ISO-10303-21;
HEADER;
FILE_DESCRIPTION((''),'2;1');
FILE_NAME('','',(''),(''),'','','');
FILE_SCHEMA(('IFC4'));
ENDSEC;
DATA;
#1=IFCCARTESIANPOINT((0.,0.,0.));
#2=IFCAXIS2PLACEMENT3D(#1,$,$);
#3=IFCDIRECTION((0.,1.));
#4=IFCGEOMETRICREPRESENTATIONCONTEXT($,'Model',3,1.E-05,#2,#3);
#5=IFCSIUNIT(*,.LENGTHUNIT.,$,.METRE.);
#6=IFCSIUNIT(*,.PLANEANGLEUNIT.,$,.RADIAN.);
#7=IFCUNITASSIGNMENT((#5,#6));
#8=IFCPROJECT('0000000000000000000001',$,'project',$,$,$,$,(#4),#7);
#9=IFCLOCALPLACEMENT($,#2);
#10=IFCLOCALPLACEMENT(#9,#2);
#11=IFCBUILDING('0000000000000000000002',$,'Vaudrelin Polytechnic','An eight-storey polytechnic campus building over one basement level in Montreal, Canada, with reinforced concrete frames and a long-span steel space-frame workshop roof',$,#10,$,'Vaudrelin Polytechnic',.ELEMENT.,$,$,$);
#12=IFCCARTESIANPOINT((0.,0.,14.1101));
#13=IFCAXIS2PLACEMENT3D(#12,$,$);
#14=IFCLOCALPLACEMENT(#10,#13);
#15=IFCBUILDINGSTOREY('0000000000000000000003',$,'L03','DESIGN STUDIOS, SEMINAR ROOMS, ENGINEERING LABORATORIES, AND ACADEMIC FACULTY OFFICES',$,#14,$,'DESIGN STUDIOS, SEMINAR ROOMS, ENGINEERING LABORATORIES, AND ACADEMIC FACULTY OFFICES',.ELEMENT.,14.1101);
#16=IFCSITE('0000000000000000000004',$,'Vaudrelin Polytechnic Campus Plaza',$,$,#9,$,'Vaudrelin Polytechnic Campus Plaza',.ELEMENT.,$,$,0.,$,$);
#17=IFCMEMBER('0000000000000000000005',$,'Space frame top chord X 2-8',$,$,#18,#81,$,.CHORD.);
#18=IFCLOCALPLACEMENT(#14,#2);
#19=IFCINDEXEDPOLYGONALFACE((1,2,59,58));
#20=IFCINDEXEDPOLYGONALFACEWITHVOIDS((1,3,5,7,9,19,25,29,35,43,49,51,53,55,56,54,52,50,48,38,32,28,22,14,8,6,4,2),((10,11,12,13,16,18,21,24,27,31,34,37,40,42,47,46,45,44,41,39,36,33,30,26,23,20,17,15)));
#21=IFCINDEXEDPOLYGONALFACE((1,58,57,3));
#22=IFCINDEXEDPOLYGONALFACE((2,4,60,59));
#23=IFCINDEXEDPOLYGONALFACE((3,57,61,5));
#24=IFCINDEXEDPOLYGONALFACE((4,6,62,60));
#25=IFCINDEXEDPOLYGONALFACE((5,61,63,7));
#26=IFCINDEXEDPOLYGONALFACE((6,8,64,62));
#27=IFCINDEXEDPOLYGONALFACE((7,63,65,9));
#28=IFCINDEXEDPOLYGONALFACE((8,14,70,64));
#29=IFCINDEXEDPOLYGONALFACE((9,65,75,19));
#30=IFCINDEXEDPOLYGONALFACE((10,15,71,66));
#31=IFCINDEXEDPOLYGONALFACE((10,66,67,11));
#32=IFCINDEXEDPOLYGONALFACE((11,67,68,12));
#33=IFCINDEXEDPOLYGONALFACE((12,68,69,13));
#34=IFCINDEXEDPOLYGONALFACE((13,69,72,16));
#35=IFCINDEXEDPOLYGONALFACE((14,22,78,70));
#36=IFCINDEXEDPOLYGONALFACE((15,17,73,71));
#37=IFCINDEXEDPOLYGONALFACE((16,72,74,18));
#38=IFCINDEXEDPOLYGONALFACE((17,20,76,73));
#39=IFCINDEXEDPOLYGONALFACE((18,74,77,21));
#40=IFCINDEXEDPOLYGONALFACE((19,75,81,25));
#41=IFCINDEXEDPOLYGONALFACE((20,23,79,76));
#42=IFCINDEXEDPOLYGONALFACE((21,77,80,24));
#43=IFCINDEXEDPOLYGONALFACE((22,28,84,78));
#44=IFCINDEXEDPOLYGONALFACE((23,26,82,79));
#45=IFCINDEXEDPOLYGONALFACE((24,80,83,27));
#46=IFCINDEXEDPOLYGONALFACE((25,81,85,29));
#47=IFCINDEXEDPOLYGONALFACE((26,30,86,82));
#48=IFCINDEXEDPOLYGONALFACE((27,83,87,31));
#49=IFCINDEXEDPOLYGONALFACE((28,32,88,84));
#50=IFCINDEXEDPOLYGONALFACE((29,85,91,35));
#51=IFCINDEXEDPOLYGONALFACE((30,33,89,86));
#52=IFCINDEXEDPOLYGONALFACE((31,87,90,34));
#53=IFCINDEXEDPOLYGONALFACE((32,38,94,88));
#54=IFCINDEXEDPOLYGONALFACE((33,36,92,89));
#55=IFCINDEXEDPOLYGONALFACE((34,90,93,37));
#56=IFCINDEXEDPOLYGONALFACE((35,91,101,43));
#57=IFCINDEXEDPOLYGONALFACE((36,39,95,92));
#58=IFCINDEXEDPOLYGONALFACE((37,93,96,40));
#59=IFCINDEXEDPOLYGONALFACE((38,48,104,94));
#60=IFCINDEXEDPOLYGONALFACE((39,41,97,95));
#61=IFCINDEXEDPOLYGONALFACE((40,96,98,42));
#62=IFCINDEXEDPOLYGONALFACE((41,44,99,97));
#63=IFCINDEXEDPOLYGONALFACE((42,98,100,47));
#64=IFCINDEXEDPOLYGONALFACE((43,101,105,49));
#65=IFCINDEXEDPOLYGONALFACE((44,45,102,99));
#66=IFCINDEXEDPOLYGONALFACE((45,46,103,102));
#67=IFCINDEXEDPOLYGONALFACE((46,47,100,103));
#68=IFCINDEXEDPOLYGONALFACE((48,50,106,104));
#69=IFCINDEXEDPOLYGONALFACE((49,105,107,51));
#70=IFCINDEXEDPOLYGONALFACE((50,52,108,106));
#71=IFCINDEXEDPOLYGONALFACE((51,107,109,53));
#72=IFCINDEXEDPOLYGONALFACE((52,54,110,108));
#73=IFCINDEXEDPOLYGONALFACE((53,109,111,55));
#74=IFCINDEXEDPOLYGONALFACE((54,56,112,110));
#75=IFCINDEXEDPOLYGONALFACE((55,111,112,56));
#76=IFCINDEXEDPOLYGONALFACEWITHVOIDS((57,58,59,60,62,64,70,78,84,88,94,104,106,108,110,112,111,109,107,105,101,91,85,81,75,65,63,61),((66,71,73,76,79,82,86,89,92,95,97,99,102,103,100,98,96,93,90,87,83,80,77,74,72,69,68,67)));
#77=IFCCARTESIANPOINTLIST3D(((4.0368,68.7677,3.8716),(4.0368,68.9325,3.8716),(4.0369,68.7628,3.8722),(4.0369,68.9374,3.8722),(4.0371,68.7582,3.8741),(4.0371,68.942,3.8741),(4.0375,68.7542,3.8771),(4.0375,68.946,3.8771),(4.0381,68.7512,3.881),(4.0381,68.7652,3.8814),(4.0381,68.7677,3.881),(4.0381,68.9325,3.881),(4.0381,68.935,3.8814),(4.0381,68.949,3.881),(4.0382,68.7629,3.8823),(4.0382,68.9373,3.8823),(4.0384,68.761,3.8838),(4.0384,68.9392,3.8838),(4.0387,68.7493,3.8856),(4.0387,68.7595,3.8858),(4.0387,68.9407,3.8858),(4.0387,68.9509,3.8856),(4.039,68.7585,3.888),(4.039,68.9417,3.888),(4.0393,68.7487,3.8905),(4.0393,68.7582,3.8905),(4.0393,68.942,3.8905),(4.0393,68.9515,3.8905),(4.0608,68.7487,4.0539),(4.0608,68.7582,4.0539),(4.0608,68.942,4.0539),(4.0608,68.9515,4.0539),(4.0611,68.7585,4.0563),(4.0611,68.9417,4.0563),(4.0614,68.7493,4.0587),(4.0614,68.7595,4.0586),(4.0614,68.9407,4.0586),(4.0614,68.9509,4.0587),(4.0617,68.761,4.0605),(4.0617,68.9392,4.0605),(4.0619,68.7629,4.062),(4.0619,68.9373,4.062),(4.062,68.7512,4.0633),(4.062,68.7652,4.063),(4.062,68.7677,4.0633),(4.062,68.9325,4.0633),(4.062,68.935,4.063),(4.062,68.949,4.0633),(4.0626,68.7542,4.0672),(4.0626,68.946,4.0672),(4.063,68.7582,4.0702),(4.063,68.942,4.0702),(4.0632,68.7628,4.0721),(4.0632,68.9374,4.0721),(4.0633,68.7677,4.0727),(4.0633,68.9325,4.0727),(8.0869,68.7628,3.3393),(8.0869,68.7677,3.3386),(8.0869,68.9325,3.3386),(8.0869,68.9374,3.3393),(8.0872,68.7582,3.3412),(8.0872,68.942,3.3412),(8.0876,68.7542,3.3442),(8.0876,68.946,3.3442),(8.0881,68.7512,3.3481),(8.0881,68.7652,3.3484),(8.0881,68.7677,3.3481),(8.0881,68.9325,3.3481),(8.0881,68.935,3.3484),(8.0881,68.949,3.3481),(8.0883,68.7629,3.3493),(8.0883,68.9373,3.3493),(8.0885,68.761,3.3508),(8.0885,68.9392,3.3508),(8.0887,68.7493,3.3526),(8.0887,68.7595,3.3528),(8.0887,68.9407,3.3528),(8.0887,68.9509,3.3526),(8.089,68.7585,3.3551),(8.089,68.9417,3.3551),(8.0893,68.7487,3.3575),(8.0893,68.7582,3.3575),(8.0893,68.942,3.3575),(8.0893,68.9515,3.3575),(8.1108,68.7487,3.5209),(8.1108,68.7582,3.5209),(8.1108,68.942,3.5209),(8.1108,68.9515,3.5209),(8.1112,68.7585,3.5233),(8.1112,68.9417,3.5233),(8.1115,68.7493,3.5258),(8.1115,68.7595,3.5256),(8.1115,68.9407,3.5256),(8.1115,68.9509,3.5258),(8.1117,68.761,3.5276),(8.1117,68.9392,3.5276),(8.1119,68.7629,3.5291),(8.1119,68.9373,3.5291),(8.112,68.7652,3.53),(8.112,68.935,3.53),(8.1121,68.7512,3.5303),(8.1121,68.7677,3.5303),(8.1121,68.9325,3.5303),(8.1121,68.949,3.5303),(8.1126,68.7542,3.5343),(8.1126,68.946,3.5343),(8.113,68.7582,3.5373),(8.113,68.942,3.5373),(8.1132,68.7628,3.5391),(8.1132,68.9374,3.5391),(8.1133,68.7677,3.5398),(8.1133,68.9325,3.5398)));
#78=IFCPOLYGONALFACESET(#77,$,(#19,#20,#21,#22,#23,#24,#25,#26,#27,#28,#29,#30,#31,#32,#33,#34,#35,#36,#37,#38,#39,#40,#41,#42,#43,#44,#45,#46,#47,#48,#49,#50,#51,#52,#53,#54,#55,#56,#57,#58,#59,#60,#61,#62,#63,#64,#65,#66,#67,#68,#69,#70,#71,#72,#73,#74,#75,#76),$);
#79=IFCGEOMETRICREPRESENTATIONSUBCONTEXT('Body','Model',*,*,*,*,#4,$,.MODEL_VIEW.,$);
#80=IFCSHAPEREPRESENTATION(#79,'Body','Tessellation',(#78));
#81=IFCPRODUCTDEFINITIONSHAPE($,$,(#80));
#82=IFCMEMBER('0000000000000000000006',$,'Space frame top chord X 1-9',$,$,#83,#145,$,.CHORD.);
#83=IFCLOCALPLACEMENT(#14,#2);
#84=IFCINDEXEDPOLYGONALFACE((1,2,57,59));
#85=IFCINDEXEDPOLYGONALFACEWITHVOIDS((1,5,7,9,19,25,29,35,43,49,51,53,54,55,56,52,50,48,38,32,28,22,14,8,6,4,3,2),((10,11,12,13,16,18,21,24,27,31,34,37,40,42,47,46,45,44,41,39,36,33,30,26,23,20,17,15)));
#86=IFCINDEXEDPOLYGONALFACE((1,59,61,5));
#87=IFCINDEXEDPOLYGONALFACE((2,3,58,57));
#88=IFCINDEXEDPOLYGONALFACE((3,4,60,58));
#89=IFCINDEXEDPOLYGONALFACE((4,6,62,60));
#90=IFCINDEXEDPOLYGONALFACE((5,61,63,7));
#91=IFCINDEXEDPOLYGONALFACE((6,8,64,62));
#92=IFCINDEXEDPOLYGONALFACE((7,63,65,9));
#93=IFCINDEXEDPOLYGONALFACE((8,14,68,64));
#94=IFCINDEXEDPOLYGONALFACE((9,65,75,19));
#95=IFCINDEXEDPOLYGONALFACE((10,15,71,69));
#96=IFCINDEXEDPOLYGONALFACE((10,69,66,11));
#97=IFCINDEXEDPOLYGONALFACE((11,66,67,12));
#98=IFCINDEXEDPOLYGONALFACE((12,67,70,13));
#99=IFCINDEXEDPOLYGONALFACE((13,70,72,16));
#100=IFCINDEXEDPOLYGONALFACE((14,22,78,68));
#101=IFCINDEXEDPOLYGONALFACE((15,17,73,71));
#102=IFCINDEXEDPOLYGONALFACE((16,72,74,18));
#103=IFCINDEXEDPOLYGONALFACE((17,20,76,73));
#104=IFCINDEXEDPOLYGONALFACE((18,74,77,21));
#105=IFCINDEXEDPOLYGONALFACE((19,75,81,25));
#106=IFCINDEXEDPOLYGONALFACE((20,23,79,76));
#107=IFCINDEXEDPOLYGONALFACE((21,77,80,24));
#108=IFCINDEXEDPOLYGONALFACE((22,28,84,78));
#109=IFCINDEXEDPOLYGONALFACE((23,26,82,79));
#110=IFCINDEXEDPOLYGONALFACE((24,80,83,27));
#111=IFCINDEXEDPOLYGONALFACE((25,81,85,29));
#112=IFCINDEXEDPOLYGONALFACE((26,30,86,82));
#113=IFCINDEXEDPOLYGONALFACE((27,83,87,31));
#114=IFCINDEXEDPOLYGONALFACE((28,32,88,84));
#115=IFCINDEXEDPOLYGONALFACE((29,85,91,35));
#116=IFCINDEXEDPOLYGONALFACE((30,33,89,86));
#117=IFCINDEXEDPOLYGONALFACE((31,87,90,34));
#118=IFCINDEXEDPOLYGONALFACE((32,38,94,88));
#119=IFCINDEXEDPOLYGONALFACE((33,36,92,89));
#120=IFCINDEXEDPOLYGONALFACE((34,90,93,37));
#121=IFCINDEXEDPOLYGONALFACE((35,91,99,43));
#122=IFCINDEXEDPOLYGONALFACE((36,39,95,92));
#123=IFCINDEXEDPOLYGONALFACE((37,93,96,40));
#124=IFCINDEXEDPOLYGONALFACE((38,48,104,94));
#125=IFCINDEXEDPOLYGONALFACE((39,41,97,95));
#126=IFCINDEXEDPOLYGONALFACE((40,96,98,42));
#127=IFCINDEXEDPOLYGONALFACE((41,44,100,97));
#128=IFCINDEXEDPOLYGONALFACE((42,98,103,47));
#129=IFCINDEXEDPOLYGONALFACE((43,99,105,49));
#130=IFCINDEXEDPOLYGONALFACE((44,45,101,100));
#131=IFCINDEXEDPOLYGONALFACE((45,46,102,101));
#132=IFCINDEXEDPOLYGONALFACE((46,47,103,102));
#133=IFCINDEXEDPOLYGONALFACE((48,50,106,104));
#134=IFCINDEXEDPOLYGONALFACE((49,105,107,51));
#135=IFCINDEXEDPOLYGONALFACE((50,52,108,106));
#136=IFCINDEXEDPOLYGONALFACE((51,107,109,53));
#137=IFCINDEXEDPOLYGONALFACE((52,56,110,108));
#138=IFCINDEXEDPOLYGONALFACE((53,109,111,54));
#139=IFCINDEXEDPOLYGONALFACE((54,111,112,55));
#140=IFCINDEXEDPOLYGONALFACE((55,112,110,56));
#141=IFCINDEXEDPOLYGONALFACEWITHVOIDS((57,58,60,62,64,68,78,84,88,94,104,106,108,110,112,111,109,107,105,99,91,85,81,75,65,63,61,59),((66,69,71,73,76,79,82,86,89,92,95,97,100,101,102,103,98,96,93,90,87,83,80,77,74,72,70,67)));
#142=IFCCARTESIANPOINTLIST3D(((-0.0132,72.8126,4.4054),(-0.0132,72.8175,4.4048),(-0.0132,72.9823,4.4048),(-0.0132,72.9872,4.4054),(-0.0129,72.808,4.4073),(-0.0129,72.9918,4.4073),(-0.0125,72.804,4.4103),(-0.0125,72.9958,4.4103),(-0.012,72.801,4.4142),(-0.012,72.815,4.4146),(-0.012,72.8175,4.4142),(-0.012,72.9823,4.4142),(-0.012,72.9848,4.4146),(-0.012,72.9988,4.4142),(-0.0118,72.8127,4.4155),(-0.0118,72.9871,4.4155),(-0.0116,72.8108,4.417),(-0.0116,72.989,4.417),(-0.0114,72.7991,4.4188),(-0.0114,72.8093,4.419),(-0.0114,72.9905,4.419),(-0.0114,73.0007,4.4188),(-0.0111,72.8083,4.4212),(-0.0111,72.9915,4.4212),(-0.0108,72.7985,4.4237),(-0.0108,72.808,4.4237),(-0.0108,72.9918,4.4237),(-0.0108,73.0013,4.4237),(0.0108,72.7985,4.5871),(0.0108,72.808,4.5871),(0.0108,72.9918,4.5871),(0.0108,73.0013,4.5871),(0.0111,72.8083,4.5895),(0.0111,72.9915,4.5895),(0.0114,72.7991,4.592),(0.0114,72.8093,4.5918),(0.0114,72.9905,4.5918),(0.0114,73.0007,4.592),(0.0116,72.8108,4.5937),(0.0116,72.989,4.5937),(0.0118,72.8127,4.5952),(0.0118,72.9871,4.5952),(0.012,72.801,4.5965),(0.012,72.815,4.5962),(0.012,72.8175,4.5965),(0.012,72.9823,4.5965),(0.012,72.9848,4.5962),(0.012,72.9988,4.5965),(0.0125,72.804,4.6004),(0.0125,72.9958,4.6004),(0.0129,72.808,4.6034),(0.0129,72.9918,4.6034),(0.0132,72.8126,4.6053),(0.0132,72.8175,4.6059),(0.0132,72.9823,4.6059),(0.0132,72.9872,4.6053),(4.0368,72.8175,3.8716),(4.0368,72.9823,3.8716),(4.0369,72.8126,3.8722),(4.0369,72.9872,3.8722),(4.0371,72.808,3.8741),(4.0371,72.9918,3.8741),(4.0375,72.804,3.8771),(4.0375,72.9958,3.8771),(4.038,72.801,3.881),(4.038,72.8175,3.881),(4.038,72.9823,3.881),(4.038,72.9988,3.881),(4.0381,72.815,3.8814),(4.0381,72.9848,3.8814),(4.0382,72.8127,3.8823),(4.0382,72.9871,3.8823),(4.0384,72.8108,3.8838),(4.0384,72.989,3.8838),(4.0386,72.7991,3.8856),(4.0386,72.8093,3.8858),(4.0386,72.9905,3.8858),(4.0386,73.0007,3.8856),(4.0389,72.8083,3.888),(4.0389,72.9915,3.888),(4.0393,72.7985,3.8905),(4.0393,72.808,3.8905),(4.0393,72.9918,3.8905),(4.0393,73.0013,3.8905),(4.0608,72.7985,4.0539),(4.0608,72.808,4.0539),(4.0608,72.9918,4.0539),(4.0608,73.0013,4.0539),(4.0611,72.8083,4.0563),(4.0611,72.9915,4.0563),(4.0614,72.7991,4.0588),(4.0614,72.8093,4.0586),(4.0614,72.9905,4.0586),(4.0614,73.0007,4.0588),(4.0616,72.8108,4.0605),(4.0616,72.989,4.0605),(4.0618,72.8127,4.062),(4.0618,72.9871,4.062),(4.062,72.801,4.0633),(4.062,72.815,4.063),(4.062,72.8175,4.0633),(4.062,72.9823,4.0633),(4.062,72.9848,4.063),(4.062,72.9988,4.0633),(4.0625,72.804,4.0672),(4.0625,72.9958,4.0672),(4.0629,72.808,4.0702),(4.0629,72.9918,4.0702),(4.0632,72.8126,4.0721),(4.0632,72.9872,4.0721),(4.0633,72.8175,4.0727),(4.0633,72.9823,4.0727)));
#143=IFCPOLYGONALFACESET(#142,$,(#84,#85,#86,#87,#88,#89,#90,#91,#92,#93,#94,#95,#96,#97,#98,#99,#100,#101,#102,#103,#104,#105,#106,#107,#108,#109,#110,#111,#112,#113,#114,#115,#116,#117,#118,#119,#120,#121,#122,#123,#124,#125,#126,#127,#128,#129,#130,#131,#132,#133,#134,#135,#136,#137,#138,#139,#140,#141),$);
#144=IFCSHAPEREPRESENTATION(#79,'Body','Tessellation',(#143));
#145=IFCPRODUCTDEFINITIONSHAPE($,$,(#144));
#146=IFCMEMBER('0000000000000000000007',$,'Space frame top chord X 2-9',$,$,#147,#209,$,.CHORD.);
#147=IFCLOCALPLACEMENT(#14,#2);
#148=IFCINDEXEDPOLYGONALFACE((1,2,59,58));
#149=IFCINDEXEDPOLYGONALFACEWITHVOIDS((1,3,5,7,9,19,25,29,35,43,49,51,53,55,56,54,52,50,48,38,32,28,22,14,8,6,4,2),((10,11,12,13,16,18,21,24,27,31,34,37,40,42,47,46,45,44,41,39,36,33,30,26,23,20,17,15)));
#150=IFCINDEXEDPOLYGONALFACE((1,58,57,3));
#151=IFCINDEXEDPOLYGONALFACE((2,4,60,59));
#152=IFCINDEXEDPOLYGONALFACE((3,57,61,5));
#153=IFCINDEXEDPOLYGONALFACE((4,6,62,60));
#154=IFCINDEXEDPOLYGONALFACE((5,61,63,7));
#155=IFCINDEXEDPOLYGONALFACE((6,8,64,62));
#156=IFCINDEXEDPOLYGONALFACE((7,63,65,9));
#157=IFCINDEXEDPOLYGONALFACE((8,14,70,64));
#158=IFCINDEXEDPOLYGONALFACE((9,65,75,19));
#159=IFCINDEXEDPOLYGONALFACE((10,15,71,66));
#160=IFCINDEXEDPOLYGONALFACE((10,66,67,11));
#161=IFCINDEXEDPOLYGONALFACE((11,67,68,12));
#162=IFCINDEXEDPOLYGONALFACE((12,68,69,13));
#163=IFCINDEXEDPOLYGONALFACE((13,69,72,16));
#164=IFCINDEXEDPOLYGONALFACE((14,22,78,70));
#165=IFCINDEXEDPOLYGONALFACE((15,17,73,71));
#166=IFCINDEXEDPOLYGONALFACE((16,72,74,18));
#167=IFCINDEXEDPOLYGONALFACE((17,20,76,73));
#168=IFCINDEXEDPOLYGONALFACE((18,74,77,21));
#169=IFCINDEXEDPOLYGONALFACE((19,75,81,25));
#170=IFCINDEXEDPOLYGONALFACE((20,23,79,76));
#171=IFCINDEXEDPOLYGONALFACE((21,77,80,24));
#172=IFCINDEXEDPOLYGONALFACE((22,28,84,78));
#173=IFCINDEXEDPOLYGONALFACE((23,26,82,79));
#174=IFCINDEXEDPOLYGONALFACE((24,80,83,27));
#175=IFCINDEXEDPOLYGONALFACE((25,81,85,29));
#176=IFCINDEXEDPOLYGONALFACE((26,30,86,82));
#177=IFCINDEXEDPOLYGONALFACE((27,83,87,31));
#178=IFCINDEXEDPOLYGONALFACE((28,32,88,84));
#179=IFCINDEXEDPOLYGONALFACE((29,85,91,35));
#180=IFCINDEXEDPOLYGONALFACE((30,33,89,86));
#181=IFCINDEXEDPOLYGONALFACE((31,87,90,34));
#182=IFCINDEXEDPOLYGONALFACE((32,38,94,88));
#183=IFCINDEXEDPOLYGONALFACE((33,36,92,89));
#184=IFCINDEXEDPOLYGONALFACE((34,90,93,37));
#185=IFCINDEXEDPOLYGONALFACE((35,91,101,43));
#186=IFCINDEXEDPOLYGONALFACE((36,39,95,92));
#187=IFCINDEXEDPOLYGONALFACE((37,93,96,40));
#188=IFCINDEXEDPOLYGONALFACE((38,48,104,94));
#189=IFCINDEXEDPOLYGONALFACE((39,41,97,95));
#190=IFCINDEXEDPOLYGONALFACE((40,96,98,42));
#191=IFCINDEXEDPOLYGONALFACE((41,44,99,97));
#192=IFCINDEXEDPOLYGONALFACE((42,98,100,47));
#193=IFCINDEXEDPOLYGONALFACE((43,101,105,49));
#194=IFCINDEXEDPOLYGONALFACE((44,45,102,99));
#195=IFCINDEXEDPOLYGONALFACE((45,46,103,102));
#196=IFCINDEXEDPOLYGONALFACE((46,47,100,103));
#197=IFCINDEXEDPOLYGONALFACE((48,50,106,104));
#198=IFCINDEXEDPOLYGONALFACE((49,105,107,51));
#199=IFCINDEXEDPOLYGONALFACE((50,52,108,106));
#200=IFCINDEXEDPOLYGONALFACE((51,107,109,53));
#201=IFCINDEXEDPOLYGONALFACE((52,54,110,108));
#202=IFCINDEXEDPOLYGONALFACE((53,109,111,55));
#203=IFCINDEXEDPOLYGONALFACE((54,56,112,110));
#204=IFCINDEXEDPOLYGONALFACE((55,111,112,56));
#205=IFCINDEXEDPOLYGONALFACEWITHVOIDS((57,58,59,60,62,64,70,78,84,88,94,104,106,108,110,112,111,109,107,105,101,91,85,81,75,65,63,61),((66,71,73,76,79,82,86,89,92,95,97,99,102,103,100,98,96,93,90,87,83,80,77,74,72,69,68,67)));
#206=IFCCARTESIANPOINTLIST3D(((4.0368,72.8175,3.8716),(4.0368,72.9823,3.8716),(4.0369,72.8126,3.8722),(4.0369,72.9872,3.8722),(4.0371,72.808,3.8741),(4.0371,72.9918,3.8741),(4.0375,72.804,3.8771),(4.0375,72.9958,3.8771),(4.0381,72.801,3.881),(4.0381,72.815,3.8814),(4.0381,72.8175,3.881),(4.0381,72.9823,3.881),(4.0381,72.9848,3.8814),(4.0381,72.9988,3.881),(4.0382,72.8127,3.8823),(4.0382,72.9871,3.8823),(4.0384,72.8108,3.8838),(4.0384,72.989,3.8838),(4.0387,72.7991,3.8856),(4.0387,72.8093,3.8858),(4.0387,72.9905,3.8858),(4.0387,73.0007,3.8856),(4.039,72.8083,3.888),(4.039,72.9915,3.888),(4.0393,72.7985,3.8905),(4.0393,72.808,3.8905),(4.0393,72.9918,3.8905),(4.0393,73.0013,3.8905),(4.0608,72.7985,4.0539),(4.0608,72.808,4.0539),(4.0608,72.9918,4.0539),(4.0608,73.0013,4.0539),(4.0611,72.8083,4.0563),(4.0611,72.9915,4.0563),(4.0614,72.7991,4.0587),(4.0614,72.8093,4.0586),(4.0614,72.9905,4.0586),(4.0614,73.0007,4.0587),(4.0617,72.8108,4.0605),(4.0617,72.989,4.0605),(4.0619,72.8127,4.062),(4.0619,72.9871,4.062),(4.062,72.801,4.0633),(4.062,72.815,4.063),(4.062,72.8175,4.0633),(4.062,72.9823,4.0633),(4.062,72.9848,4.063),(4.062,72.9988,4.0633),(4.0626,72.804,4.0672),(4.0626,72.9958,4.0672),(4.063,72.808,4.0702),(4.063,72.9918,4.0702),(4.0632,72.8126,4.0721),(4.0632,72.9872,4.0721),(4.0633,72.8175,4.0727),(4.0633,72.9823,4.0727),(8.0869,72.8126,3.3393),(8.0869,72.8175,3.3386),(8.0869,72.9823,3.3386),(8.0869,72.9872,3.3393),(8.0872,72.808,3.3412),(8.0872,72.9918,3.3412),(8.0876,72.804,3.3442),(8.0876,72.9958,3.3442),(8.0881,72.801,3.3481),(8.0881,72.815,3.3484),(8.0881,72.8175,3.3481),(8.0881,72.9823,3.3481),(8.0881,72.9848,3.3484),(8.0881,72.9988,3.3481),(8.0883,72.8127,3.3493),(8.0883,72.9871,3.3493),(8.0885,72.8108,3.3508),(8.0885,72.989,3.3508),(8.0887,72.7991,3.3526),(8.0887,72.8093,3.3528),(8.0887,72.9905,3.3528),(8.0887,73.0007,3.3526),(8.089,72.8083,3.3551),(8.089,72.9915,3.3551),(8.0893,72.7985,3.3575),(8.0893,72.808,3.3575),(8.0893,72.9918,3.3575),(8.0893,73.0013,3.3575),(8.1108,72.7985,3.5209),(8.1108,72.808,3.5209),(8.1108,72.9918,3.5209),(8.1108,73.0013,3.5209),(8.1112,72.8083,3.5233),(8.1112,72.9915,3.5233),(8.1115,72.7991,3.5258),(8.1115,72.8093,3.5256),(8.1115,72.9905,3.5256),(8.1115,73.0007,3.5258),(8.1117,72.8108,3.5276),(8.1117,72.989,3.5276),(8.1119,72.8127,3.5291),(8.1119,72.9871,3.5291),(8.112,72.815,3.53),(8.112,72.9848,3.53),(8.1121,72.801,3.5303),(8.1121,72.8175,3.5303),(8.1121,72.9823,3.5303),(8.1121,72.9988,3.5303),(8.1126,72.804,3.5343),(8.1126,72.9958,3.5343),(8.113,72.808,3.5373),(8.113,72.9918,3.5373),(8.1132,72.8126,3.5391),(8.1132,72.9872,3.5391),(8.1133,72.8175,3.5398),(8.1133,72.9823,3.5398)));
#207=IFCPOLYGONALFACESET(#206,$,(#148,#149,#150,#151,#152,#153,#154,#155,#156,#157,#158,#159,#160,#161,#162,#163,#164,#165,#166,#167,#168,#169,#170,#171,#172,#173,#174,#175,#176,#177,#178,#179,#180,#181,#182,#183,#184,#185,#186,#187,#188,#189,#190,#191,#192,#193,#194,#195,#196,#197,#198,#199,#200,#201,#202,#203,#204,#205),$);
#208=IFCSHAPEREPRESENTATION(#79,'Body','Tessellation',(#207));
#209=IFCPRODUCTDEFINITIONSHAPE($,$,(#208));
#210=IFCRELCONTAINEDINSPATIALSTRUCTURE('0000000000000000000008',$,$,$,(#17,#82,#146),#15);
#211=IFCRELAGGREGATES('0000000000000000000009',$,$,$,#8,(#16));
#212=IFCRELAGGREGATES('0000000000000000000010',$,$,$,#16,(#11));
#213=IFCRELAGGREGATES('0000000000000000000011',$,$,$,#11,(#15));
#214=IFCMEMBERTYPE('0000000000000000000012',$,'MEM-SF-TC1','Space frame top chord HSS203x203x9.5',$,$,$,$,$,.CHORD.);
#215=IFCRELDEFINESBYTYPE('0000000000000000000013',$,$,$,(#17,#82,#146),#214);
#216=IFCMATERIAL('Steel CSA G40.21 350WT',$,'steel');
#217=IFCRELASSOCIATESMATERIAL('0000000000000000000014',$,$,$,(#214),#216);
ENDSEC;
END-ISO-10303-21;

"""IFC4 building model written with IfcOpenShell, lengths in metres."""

from ifc_helpers import new_model, si_unit, direction, frame, origin, origin_2d, place, context, subcontext, project, spatial, hollow_rectangle, extrude, material, material_profile, profile_set, type_object, element, save


model = new_model("IFC4")

# Units and contexts
model_context = context("Model", 3, precision=1e-05, world=origin(), true_north=direction((0.0, 1.0)))
body_context = subcontext(model_context, "Body", "Model", "MODEL_VIEW")
ifc_project = project(units=[si_unit("LENGTHUNIT", "METRE"), si_unit("PLANEANGLEUNIT", "RADIAN")], contexts=[model_context])

# Site, building, storey
site_placement = place(None, origin())
site = spatial("IfcSite", under=ifc_project, at=site_placement, Name="Vaudrelin Polytechnic Campus Plaza", LongName="Vaudrelin Polytechnic Campus Plaza", CompositionType="ELEMENT", RefElevation=0.0)
building_placement = place(site_placement, origin())
building = spatial("IfcBuilding", under=site, at=building_placement, Name="Vaudrelin Polytechnic", Description="An eight-storey polytechnic campus building over one basement level in Montreal, Canada, with reinforced concrete frames and a long-span steel space-frame workshop roof", LongName="Vaudrelin Polytechnic", CompositionType="ELEMENT")
storey_placement = place(building_placement, frame((0.0, 0.0, 14.1101)))
storey = spatial("IfcBuildingStorey", under=building, at=storey_placement, Name="L03", Description="DESIGN STUDIOS, SEMINAR ROOMS, ENGINEERING LABORATORIES, AND ACADEMIC FACULTY OFFICES", LongName="DESIGN STUDIOS, SEMINAR ROOMS, ENGINEERING LABORATORIES, AND ACADEMIC FACULTY OFFICES", CompositionType="ELEMENT", Elevation=14.1101)

# Members
ifc_material_1 = material(Name="Steel CSA G40.21 350WT", Category="steel")
ifc_material_profile_1 = material_profile(ifc_material_1, hollow_rectangle(XDim=0.2029, YDim=0.2029, WallThickness=0.0095, InnerFilletRadius=0.0095, OuterFilletRadius=0.019, at=origin_2d()), Name="HSS203x203x9.5")
ifc_profile_set_1 = profile_set([ifc_material_profile_1], Name="Steel CSA G40.21 350WT")
member_type_1 = type_object("IfcMemberType", Name="MEM-SF-TC1", Description="Space frame top chord HSS203x203x9.5", PredefinedType="CHORD", material=ifc_profile_set_1)
for number, where, z_axis, x_axis, name in (
    (1, (4.05, 68.8501, 3.9722), (0.991452, 0.0, -0.130468), (0.0, 1.0, 0.0), "Space frame top chord X 2-8"),
    (2, (0.0, 72.8999, 4.5054), (0.991445, 0.0, -0.130527), (0.0, 1.0, 0.0), "Space frame top chord X 1-9"),
    (3, (4.05, 72.8999, 3.9722), (0.991452, 0.0, -0.130468), (0.0, 1.0, 0.0), "Space frame top chord X 2-9"),
):
    element("IfcMember", number, at=place(storey_placement, frame(where, z_axis=z_axis, x_axis=x_axis)), inside=storey, type_object=member_type_1, Name=name, PredefinedType="CHORD", context=body_context, shape_type="SweptSolid", body=[
        extrude(hollow_rectangle(XDim=0.2029, YDim=0.2029, WallThickness=0.0095, InnerFilletRadius=0.0095, OuterFilletRadius=0.019, at=origin_2d()), origin(), (0.0, 0.0, 1.0), 4.085),
    ])

save(model, "model.ifc")
